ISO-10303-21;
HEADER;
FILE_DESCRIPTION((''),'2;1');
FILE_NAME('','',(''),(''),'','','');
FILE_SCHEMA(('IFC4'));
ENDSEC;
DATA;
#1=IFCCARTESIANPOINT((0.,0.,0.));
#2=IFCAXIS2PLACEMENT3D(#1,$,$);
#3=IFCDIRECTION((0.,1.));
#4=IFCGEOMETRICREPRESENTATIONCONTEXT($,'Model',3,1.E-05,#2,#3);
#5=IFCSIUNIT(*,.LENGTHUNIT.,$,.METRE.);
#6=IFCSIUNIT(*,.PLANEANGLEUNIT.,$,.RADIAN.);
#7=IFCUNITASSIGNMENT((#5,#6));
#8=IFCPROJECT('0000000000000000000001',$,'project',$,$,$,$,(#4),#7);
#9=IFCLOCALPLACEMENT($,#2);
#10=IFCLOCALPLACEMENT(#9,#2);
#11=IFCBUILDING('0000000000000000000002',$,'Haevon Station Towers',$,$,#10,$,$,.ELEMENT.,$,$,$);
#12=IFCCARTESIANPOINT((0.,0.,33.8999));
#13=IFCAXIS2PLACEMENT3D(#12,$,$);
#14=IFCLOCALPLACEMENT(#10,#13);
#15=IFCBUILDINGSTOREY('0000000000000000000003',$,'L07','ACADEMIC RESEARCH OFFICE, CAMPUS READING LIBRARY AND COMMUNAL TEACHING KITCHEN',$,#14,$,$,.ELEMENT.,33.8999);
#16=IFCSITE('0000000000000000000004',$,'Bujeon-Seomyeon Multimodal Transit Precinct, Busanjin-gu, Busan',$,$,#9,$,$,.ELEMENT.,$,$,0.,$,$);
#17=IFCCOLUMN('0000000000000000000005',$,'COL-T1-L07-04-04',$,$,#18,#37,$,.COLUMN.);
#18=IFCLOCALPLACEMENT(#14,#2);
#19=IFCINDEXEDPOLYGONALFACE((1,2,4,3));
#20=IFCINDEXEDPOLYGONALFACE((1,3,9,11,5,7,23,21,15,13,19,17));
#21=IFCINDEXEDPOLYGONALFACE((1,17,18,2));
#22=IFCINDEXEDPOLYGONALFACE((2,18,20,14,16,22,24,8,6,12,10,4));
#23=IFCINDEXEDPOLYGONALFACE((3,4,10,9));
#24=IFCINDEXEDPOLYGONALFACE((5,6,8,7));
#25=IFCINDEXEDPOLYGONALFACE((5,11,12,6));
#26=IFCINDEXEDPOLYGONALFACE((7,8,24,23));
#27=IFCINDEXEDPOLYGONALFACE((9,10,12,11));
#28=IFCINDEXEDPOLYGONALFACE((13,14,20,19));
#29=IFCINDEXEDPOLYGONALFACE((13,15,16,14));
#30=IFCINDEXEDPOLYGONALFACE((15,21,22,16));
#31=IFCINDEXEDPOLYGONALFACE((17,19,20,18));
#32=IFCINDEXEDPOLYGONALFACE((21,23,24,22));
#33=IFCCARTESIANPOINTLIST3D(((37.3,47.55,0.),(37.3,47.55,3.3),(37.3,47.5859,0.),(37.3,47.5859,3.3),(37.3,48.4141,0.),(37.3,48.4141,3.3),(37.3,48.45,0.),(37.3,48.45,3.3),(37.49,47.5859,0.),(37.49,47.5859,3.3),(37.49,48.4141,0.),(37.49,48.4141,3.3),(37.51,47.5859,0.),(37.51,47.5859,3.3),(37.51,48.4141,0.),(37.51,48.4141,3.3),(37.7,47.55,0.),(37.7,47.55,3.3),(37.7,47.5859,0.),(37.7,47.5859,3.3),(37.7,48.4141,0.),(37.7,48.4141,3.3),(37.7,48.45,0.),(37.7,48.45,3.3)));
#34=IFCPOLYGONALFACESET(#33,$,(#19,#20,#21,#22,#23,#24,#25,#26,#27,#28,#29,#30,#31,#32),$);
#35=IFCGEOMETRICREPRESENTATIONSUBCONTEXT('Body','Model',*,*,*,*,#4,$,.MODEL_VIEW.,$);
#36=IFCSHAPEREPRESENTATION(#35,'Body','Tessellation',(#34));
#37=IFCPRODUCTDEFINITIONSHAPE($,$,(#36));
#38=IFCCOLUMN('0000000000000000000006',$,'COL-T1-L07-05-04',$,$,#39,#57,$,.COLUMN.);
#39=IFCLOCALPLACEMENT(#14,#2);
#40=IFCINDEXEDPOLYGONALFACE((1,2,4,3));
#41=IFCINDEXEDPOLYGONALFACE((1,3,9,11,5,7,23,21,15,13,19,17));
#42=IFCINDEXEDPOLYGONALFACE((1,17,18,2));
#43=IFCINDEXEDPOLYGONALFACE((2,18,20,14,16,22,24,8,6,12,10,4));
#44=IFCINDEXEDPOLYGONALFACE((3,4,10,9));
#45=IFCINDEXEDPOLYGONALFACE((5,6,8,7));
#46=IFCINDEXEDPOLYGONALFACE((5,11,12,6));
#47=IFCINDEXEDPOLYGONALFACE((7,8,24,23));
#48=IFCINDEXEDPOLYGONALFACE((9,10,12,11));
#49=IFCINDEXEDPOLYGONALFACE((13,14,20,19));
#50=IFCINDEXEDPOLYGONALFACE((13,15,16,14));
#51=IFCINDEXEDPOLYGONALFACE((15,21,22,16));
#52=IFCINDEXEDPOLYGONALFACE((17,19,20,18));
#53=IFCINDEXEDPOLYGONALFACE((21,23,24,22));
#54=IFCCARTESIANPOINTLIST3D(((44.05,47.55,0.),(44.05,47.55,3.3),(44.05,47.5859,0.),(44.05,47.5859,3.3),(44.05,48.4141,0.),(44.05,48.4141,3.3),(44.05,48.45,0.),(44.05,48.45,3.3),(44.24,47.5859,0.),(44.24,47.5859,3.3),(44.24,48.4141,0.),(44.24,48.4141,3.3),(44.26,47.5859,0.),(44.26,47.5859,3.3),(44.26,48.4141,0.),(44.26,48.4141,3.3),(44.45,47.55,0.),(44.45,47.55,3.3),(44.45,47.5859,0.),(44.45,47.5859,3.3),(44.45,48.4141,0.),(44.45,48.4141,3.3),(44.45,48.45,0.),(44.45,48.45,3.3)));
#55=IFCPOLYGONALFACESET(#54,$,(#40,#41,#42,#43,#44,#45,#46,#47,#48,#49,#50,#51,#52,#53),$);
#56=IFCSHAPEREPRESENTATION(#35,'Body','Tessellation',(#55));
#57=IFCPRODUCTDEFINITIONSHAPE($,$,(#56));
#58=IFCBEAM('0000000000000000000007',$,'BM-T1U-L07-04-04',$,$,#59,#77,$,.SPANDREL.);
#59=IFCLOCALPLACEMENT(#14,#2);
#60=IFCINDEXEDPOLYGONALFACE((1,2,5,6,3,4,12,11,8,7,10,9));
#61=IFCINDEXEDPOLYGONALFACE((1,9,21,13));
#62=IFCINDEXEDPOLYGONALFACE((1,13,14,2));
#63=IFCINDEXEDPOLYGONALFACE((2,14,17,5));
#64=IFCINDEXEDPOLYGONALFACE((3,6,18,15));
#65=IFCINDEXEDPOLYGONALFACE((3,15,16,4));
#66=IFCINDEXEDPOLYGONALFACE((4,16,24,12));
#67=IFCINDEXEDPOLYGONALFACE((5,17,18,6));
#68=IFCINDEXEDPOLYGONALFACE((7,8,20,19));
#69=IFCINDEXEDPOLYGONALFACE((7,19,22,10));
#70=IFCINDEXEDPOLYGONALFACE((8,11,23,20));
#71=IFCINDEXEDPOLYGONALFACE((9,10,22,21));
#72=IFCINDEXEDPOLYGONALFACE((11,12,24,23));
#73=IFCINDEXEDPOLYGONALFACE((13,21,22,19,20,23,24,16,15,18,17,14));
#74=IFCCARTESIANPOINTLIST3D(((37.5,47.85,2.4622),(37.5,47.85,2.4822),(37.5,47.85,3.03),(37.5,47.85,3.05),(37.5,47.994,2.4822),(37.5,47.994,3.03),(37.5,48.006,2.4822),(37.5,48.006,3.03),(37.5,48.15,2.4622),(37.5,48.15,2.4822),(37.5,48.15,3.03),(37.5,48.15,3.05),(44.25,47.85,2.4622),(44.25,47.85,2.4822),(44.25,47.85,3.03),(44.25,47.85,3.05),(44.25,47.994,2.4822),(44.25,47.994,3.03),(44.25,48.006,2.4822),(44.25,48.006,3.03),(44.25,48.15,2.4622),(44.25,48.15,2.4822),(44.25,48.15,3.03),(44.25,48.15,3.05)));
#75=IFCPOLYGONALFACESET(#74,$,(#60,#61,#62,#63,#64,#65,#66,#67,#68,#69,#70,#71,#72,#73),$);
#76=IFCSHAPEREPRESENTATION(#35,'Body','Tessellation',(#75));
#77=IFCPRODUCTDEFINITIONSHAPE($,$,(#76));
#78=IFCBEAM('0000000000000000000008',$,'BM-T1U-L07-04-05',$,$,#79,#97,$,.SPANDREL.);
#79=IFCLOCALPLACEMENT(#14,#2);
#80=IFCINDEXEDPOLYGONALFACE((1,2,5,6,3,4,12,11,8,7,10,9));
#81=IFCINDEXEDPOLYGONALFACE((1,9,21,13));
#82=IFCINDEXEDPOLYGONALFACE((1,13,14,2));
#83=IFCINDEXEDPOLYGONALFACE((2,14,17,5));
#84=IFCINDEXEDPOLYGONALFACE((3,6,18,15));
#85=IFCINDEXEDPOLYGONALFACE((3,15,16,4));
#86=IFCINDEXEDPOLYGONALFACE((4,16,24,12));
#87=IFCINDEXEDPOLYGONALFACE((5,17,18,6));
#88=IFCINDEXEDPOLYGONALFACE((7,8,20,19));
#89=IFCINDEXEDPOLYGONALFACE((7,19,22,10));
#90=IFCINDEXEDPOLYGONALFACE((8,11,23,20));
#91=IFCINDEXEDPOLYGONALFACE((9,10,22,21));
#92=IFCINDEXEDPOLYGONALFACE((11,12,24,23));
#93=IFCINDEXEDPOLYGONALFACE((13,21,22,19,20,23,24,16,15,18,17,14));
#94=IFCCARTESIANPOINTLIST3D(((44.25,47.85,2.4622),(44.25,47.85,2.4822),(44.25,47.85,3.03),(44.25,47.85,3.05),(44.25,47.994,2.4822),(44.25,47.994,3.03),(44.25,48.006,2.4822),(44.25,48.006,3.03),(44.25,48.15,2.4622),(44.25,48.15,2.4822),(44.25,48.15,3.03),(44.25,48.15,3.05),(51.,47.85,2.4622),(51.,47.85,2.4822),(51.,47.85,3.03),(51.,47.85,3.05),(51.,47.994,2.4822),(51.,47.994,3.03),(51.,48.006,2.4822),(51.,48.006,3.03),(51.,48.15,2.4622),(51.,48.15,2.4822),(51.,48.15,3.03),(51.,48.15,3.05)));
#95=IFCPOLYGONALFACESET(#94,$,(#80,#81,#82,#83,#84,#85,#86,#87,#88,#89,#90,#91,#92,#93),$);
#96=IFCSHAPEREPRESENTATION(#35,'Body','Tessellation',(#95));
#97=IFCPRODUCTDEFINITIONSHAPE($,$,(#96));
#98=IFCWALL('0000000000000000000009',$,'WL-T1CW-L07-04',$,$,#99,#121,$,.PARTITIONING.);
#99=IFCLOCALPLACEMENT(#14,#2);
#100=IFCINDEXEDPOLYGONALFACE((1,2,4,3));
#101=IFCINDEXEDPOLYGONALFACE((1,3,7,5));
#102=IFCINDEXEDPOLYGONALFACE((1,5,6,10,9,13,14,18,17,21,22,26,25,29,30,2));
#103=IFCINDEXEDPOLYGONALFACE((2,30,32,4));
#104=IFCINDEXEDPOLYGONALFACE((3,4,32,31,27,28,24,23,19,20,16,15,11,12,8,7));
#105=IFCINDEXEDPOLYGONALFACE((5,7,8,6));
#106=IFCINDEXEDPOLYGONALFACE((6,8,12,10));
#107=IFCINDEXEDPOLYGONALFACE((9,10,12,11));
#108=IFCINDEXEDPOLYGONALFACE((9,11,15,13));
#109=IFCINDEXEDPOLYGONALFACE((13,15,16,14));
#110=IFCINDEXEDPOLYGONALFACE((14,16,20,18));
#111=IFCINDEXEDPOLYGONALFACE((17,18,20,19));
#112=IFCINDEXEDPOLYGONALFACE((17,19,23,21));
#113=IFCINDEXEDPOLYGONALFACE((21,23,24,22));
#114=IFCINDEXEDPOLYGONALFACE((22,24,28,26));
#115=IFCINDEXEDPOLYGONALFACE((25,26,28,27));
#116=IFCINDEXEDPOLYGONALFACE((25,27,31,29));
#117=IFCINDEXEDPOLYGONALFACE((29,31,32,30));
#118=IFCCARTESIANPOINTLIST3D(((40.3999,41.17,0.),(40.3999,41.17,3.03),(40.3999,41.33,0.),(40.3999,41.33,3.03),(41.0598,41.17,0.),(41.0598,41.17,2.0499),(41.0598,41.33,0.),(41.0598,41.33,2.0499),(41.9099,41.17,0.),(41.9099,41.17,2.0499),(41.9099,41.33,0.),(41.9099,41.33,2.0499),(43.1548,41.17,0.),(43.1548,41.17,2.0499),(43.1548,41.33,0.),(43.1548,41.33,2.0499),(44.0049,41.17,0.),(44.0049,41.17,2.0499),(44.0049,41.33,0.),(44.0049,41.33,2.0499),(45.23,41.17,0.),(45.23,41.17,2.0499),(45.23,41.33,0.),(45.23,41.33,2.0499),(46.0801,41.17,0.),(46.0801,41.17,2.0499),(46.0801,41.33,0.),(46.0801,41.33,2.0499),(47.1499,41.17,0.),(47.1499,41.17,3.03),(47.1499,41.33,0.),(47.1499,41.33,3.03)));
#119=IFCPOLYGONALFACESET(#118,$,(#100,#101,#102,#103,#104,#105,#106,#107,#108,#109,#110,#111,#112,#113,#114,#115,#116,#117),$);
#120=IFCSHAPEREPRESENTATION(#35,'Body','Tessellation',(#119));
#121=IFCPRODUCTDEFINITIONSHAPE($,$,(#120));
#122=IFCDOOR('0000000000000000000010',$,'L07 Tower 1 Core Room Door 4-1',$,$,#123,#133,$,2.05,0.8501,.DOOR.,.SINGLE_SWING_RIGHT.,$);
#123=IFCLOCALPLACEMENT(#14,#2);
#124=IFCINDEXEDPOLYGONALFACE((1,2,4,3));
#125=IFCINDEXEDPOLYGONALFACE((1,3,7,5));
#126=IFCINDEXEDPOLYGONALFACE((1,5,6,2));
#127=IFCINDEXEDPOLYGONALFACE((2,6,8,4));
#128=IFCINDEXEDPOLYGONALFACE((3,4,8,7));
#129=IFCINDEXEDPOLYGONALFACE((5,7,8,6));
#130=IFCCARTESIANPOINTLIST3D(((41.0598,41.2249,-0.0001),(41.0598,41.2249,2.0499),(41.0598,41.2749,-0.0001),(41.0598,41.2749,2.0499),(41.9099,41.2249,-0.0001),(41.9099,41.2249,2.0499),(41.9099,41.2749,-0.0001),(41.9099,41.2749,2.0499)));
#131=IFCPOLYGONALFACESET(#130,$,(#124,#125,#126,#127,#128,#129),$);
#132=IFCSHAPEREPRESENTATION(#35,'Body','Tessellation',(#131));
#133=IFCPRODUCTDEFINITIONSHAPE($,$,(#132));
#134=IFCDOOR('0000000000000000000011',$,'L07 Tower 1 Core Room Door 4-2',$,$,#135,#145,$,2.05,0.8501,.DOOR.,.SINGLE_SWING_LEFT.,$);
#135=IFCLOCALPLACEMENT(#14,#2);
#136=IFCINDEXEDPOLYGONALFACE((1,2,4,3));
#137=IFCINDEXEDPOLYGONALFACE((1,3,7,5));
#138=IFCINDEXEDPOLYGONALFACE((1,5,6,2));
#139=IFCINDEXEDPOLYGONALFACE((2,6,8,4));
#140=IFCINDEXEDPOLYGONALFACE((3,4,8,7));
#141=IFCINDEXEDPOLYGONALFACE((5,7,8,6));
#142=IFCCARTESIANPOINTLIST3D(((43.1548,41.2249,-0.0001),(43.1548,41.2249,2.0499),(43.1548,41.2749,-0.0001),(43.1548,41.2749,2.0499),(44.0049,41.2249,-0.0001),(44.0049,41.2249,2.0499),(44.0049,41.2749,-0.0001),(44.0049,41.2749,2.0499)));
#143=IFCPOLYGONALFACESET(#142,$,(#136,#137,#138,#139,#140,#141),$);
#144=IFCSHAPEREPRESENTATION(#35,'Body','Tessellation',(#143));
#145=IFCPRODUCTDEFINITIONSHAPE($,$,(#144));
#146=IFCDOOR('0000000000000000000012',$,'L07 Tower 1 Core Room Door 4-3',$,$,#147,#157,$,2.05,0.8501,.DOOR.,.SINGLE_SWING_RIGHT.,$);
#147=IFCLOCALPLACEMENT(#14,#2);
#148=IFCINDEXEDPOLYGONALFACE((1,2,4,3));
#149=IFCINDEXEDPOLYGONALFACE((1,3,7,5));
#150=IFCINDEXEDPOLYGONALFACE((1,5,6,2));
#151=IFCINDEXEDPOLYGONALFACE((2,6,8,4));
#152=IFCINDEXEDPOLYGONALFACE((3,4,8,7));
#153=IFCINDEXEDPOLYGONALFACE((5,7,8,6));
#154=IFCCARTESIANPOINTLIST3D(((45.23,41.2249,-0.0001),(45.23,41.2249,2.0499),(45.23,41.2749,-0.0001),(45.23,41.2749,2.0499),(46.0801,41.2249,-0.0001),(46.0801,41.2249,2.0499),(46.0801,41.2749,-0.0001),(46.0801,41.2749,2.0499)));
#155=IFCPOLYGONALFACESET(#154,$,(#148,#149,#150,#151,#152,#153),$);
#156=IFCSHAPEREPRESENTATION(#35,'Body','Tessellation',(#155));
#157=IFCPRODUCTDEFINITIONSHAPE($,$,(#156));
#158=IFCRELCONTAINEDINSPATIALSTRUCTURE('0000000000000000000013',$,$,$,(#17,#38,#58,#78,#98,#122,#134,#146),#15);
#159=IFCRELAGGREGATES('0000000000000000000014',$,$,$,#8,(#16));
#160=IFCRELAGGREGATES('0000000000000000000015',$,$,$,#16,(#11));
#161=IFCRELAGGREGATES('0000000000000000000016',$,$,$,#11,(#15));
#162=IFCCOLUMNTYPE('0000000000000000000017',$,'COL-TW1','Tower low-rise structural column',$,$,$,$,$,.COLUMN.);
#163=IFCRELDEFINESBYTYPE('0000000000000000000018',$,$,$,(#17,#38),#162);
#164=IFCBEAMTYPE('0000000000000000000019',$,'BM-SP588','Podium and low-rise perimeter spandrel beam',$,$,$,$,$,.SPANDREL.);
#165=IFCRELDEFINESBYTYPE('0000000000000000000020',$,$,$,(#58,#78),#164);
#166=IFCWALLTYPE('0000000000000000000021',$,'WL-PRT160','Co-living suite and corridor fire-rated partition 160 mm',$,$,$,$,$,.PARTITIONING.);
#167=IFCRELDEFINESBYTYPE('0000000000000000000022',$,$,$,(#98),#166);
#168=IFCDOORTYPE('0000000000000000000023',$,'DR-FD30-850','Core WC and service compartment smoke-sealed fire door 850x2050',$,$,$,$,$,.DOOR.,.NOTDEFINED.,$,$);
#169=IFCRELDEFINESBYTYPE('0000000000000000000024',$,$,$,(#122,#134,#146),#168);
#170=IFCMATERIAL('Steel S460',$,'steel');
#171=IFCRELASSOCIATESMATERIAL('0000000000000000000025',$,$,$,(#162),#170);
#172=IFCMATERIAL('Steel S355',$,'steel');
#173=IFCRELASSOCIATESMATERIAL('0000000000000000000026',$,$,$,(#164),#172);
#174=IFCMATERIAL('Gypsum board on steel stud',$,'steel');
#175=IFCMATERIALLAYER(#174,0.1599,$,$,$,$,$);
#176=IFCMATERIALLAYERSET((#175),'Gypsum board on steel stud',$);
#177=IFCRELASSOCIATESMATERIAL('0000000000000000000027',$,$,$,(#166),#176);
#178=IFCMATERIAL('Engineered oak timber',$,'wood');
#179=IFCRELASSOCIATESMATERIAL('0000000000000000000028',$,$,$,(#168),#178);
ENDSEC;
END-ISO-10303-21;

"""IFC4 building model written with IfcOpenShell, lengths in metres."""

from ifc_helpers import new_model, si_unit, direction, frame, frame_2d, origin, origin_2d, place, context, subcontext, project, spatial, rectangle, i_section, extrude, material, layer, layer_set, material_profile, profile_set, type_object, element, fill, save


model = new_model("IFC4")

# Units and contexts
model_context = context("Model", 3, precision=1e-05, world=origin(), true_north=direction((0.0, 1.0)))
body_context = subcontext(model_context, "Body", "Model", "MODEL_VIEW")
ifc_project = project(units=[si_unit("LENGTHUNIT", "METRE"), si_unit("PLANEANGLEUNIT", "RADIAN")], contexts=[model_context])

# Site, building, storey
site_placement = place(None, origin())
site = spatial("IfcSite", under=ifc_project, at=site_placement, Name="Bujeon-Seomyeon Multimodal Transit Precinct, Busanjin-gu, Busan", CompositionType="ELEMENT", RefElevation=0.0)
building_placement = place(site_placement, origin())
building = spatial("IfcBuilding", under=site, at=building_placement, Name="Haevon Station Towers", CompositionType="ELEMENT")
storey_placement = place(building_placement, frame((0.0, 0.0, 33.8999)))
storey = spatial("IfcBuildingStorey", under=building, at=storey_placement, Name="L07", Description="ACADEMIC RESEARCH OFFICE, CAMPUS READING LIBRARY AND COMMUNAL TEACHING KITCHEN", CompositionType="ELEMENT", Elevation=33.8999)

# Columns
ifc_material_1 = material(Name="Steel S460", Category="steel")
ifc_material_profile_1 = material_profile(ifc_material_1, i_section(OverallWidth=0.3999, OverallDepth=0.8999, WebThickness=0.02, FlangeThickness=0.0359, at=origin_2d()), Name="H-900x400x20x36")
ifc_profile_set_1 = profile_set([ifc_material_profile_1], Name="Steel S460")
column_type = type_object("IfcColumnType", Name="COL-TW1", Description="Tower low-rise structural column", PredefinedType="COLUMN", material=ifc_profile_set_1)
for number, where, z_axis, x_axis, name in (
    (1, (37.5, 48.0, 0.0), (0.0, 0.0, 1.0), (1.0, 0.0, 0.0), "COL-T1-L07-04-04"),
    (2, (44.25, 48.0, 0.0), (0.0, 0.0, 1.0), (1.0, 0.0, 0.0), "COL-T1-L07-05-04"),
):
    element("IfcColumn", number, at=place(storey_placement, frame(where, z_axis=z_axis, x_axis=x_axis)), inside=storey, type_object=column_type, Name=name, PredefinedType="COLUMN", context=body_context, shape_type="SweptSolid", body=[
        extrude(i_section(OverallWidth=0.3999, OverallDepth=0.8999, WebThickness=0.02, FlangeThickness=0.0359, at=origin_2d()), origin(), (0.0, 0.0, 1.0), 3.3),
    ])

# Beams
ifc_material_2 = material(Name="Steel S355", Category="steel")
ifc_material_profile_2 = material_profile(ifc_material_2, i_section(OverallWidth=0.3, OverallDepth=0.5879, WebThickness=0.012, FlangeThickness=0.02, at=origin_2d()), Name="H-588x300x12x20")
ifc_profile_set_2 = profile_set([ifc_material_profile_2], Name="Steel S355")
beam_type = type_object("IfcBeamType", Name="BM-SP588", Description="Podium and low-rise perimeter spandrel beam", PredefinedType="SPANDREL", material=ifc_profile_set_2)
for number, where, z_axis, x_axis, name in (
    (3, (37.5, 48.0, 2.7561), (1.0, 0.0, 0.0), (0.0, 1.0, 0.0), "BM-T1U-L07-04-04"),
    (4, (44.25, 48.0, 2.7561), (1.0, 0.0, 0.0), (0.0, 1.0, 0.0), "BM-T1U-L07-04-05"),
):
    element("IfcBeam", number, at=place(storey_placement, frame(where, z_axis=z_axis, x_axis=x_axis)), inside=storey, type_object=beam_type, Name=name, PredefinedType="SPANDREL", context=body_context, shape_type="SweptSolid", body=[
        extrude(i_section(OverallWidth=0.3, OverallDepth=0.5879, WebThickness=0.012, FlangeThickness=0.02, at=origin_2d()), origin(), (0.0, 0.0, 1.0), 6.75),
    ])

# Wall, openings, doors
ifc_material_3 = material(Name="Gypsum board on steel stud", Category="steel")
ifc_layer_1 = layer(ifc_material_3, 0.1599)
ifc_layer_set_1 = layer_set([ifc_layer_1], Name="Gypsum board on steel stud")
wall_type_1 = type_object("IfcWallType", Name="WL-PRT160", Description="Co-living suite and corridor fire-rated partition 160 mm", PredefinedType="PARTITIONING", material=ifc_layer_set_1)
wall_1_placement = place(storey_placement, frame((40.3999, 41.25, 0.0), z_axis=(0.0, 0.0, 1.0), x_axis=(1.0, 0.0, 0.0)))
wall_1 = element("IfcWall", 5, at=wall_1_placement, inside=storey, type_object=wall_type_1, Name="WL-T1CW-L07-04", PredefinedType="PARTITIONING", context=body_context, shape_type="SweptSolid", body=[
    extrude(rectangle(XDim=6.75, YDim=0.1599, at=frame_2d((3.375, 0.0))), origin(), (0.0, 0.0, 1.0), 3.03),
])
opening_1_placement = place(wall_1_placement, frame((0.6599, 0.0, 0.0)))
opening_1 = element("IfcOpeningElement", 6, at=opening_1_placement, cuts=wall_1, PredefinedType="OPENING", context=body_context, shape_type="SweptSolid", body=[
    extrude(rectangle(XDim=0.8501, YDim=2.05, at=frame_2d((0.425, 1.0249))), frame((0.0, 0.0898, 0.0), z_axis=(0.0, -1.0, 0.0), x_axis=(1.0, 0.0, 0.0)), (0.0, 0.0, 1.0), 0.1799),
])
opening_2_placement = place(wall_1_placement, frame((2.7549, 0.0, 0.0)))
opening_2 = element("IfcOpeningElement", 7, at=opening_2_placement, cuts=wall_1, PredefinedType="OPENING", context=body_context, shape_type="SweptSolid", body=[
    extrude(rectangle(XDim=0.8501, YDim=2.05, at=frame_2d((0.425, 1.0249))), frame((0.0, 0.0898, 0.0), z_axis=(0.0, -1.0, 0.0), x_axis=(1.0, 0.0, 0.0)), (0.0, 0.0, 1.0), 0.1799),
])
opening_3_placement = place(wall_1_placement, frame((4.8301, 0.0, 0.0)))
opening_3 = element("IfcOpeningElement", 8, at=opening_3_placement, cuts=wall_1, PredefinedType="OPENING", context=body_context, shape_type="SweptSolid", body=[
    extrude(rectangle(XDim=0.8501, YDim=2.05, at=frame_2d((0.425, 1.0249))), frame((0.0, 0.0898, 0.0), z_axis=(0.0, -1.0, 0.0), x_axis=(1.0, 0.0, 0.0)), (0.0, 0.0, 1.0), 0.1799),
])
ifc_material_4 = material(Name="Engineered oak timber", Category="wood")
door_type_1 = type_object("IfcDoorType", Name="DR-FD30-850", Description="Core WC and service compartment smoke-sealed fire door 850x2050", OperationType="NOTDEFINED", PredefinedType="DOOR", material=ifc_material_4)
door_1_placement = place(opening_1_placement, origin())
door_1 = element("IfcDoor", 9, at=door_1_placement, inside=storey, type_object=door_type_1, Name="L07 Tower 1 Core Room Door 4-1", OperationType="SINGLE_SWING_RIGHT", OverallHeight=2.05, OverallWidth=0.8501, PredefinedType="DOOR", context=body_context, shape_type="SweptSolid", body=[
    extrude(rectangle(XDim=0.8501, YDim=2.05, at=frame_2d((0.425, 1.0249))), frame((0.0, 0.0249, 0.0), z_axis=(0.0, -1.0, 0.0), x_axis=(1.0, 0.0, 0.0)), (0.0, 0.0, 1.0), 0.05),
])
fill(opening_1, door_1)
door_2_placement = place(opening_2_placement, origin())
door_2 = element("IfcDoor", 10, at=door_2_placement, inside=storey, type_object=door_type_1, Name="L07 Tower 1 Core Room Door 4-2", OperationType="SINGLE_SWING_LEFT", OverallHeight=2.05, OverallWidth=0.8501, PredefinedType="DOOR", context=body_context, shape_type="SweptSolid", body=[
    extrude(rectangle(XDim=0.8501, YDim=2.05, at=frame_2d((0.425, 1.0249))), frame((0.0, 0.0249, 0.0), z_axis=(0.0, -1.0, 0.0), x_axis=(1.0, 0.0, 0.0)), (0.0, 0.0, 1.0), 0.05),
])
fill(opening_2, door_2)
door_3_placement = place(opening_3_placement, origin())
door_3 = element("IfcDoor", 11, at=door_3_placement, inside=storey, type_object=door_type_1, Name="L07 Tower 1 Core Room Door 4-3", OperationType="SINGLE_SWING_RIGHT", OverallHeight=2.05, OverallWidth=0.8501, PredefinedType="DOOR", context=body_context, shape_type="SweptSolid", body=[
    extrude(rectangle(XDim=0.8501, YDim=2.05, at=frame_2d((0.425, 1.0249))), frame((0.0, 0.0249, 0.0), z_axis=(0.0, -1.0, 0.0), x_axis=(1.0, 0.0, 0.0)), (0.0, 0.0, 1.0), 0.05),
])
fill(opening_3, door_3)

save(model, "model.ifc")
